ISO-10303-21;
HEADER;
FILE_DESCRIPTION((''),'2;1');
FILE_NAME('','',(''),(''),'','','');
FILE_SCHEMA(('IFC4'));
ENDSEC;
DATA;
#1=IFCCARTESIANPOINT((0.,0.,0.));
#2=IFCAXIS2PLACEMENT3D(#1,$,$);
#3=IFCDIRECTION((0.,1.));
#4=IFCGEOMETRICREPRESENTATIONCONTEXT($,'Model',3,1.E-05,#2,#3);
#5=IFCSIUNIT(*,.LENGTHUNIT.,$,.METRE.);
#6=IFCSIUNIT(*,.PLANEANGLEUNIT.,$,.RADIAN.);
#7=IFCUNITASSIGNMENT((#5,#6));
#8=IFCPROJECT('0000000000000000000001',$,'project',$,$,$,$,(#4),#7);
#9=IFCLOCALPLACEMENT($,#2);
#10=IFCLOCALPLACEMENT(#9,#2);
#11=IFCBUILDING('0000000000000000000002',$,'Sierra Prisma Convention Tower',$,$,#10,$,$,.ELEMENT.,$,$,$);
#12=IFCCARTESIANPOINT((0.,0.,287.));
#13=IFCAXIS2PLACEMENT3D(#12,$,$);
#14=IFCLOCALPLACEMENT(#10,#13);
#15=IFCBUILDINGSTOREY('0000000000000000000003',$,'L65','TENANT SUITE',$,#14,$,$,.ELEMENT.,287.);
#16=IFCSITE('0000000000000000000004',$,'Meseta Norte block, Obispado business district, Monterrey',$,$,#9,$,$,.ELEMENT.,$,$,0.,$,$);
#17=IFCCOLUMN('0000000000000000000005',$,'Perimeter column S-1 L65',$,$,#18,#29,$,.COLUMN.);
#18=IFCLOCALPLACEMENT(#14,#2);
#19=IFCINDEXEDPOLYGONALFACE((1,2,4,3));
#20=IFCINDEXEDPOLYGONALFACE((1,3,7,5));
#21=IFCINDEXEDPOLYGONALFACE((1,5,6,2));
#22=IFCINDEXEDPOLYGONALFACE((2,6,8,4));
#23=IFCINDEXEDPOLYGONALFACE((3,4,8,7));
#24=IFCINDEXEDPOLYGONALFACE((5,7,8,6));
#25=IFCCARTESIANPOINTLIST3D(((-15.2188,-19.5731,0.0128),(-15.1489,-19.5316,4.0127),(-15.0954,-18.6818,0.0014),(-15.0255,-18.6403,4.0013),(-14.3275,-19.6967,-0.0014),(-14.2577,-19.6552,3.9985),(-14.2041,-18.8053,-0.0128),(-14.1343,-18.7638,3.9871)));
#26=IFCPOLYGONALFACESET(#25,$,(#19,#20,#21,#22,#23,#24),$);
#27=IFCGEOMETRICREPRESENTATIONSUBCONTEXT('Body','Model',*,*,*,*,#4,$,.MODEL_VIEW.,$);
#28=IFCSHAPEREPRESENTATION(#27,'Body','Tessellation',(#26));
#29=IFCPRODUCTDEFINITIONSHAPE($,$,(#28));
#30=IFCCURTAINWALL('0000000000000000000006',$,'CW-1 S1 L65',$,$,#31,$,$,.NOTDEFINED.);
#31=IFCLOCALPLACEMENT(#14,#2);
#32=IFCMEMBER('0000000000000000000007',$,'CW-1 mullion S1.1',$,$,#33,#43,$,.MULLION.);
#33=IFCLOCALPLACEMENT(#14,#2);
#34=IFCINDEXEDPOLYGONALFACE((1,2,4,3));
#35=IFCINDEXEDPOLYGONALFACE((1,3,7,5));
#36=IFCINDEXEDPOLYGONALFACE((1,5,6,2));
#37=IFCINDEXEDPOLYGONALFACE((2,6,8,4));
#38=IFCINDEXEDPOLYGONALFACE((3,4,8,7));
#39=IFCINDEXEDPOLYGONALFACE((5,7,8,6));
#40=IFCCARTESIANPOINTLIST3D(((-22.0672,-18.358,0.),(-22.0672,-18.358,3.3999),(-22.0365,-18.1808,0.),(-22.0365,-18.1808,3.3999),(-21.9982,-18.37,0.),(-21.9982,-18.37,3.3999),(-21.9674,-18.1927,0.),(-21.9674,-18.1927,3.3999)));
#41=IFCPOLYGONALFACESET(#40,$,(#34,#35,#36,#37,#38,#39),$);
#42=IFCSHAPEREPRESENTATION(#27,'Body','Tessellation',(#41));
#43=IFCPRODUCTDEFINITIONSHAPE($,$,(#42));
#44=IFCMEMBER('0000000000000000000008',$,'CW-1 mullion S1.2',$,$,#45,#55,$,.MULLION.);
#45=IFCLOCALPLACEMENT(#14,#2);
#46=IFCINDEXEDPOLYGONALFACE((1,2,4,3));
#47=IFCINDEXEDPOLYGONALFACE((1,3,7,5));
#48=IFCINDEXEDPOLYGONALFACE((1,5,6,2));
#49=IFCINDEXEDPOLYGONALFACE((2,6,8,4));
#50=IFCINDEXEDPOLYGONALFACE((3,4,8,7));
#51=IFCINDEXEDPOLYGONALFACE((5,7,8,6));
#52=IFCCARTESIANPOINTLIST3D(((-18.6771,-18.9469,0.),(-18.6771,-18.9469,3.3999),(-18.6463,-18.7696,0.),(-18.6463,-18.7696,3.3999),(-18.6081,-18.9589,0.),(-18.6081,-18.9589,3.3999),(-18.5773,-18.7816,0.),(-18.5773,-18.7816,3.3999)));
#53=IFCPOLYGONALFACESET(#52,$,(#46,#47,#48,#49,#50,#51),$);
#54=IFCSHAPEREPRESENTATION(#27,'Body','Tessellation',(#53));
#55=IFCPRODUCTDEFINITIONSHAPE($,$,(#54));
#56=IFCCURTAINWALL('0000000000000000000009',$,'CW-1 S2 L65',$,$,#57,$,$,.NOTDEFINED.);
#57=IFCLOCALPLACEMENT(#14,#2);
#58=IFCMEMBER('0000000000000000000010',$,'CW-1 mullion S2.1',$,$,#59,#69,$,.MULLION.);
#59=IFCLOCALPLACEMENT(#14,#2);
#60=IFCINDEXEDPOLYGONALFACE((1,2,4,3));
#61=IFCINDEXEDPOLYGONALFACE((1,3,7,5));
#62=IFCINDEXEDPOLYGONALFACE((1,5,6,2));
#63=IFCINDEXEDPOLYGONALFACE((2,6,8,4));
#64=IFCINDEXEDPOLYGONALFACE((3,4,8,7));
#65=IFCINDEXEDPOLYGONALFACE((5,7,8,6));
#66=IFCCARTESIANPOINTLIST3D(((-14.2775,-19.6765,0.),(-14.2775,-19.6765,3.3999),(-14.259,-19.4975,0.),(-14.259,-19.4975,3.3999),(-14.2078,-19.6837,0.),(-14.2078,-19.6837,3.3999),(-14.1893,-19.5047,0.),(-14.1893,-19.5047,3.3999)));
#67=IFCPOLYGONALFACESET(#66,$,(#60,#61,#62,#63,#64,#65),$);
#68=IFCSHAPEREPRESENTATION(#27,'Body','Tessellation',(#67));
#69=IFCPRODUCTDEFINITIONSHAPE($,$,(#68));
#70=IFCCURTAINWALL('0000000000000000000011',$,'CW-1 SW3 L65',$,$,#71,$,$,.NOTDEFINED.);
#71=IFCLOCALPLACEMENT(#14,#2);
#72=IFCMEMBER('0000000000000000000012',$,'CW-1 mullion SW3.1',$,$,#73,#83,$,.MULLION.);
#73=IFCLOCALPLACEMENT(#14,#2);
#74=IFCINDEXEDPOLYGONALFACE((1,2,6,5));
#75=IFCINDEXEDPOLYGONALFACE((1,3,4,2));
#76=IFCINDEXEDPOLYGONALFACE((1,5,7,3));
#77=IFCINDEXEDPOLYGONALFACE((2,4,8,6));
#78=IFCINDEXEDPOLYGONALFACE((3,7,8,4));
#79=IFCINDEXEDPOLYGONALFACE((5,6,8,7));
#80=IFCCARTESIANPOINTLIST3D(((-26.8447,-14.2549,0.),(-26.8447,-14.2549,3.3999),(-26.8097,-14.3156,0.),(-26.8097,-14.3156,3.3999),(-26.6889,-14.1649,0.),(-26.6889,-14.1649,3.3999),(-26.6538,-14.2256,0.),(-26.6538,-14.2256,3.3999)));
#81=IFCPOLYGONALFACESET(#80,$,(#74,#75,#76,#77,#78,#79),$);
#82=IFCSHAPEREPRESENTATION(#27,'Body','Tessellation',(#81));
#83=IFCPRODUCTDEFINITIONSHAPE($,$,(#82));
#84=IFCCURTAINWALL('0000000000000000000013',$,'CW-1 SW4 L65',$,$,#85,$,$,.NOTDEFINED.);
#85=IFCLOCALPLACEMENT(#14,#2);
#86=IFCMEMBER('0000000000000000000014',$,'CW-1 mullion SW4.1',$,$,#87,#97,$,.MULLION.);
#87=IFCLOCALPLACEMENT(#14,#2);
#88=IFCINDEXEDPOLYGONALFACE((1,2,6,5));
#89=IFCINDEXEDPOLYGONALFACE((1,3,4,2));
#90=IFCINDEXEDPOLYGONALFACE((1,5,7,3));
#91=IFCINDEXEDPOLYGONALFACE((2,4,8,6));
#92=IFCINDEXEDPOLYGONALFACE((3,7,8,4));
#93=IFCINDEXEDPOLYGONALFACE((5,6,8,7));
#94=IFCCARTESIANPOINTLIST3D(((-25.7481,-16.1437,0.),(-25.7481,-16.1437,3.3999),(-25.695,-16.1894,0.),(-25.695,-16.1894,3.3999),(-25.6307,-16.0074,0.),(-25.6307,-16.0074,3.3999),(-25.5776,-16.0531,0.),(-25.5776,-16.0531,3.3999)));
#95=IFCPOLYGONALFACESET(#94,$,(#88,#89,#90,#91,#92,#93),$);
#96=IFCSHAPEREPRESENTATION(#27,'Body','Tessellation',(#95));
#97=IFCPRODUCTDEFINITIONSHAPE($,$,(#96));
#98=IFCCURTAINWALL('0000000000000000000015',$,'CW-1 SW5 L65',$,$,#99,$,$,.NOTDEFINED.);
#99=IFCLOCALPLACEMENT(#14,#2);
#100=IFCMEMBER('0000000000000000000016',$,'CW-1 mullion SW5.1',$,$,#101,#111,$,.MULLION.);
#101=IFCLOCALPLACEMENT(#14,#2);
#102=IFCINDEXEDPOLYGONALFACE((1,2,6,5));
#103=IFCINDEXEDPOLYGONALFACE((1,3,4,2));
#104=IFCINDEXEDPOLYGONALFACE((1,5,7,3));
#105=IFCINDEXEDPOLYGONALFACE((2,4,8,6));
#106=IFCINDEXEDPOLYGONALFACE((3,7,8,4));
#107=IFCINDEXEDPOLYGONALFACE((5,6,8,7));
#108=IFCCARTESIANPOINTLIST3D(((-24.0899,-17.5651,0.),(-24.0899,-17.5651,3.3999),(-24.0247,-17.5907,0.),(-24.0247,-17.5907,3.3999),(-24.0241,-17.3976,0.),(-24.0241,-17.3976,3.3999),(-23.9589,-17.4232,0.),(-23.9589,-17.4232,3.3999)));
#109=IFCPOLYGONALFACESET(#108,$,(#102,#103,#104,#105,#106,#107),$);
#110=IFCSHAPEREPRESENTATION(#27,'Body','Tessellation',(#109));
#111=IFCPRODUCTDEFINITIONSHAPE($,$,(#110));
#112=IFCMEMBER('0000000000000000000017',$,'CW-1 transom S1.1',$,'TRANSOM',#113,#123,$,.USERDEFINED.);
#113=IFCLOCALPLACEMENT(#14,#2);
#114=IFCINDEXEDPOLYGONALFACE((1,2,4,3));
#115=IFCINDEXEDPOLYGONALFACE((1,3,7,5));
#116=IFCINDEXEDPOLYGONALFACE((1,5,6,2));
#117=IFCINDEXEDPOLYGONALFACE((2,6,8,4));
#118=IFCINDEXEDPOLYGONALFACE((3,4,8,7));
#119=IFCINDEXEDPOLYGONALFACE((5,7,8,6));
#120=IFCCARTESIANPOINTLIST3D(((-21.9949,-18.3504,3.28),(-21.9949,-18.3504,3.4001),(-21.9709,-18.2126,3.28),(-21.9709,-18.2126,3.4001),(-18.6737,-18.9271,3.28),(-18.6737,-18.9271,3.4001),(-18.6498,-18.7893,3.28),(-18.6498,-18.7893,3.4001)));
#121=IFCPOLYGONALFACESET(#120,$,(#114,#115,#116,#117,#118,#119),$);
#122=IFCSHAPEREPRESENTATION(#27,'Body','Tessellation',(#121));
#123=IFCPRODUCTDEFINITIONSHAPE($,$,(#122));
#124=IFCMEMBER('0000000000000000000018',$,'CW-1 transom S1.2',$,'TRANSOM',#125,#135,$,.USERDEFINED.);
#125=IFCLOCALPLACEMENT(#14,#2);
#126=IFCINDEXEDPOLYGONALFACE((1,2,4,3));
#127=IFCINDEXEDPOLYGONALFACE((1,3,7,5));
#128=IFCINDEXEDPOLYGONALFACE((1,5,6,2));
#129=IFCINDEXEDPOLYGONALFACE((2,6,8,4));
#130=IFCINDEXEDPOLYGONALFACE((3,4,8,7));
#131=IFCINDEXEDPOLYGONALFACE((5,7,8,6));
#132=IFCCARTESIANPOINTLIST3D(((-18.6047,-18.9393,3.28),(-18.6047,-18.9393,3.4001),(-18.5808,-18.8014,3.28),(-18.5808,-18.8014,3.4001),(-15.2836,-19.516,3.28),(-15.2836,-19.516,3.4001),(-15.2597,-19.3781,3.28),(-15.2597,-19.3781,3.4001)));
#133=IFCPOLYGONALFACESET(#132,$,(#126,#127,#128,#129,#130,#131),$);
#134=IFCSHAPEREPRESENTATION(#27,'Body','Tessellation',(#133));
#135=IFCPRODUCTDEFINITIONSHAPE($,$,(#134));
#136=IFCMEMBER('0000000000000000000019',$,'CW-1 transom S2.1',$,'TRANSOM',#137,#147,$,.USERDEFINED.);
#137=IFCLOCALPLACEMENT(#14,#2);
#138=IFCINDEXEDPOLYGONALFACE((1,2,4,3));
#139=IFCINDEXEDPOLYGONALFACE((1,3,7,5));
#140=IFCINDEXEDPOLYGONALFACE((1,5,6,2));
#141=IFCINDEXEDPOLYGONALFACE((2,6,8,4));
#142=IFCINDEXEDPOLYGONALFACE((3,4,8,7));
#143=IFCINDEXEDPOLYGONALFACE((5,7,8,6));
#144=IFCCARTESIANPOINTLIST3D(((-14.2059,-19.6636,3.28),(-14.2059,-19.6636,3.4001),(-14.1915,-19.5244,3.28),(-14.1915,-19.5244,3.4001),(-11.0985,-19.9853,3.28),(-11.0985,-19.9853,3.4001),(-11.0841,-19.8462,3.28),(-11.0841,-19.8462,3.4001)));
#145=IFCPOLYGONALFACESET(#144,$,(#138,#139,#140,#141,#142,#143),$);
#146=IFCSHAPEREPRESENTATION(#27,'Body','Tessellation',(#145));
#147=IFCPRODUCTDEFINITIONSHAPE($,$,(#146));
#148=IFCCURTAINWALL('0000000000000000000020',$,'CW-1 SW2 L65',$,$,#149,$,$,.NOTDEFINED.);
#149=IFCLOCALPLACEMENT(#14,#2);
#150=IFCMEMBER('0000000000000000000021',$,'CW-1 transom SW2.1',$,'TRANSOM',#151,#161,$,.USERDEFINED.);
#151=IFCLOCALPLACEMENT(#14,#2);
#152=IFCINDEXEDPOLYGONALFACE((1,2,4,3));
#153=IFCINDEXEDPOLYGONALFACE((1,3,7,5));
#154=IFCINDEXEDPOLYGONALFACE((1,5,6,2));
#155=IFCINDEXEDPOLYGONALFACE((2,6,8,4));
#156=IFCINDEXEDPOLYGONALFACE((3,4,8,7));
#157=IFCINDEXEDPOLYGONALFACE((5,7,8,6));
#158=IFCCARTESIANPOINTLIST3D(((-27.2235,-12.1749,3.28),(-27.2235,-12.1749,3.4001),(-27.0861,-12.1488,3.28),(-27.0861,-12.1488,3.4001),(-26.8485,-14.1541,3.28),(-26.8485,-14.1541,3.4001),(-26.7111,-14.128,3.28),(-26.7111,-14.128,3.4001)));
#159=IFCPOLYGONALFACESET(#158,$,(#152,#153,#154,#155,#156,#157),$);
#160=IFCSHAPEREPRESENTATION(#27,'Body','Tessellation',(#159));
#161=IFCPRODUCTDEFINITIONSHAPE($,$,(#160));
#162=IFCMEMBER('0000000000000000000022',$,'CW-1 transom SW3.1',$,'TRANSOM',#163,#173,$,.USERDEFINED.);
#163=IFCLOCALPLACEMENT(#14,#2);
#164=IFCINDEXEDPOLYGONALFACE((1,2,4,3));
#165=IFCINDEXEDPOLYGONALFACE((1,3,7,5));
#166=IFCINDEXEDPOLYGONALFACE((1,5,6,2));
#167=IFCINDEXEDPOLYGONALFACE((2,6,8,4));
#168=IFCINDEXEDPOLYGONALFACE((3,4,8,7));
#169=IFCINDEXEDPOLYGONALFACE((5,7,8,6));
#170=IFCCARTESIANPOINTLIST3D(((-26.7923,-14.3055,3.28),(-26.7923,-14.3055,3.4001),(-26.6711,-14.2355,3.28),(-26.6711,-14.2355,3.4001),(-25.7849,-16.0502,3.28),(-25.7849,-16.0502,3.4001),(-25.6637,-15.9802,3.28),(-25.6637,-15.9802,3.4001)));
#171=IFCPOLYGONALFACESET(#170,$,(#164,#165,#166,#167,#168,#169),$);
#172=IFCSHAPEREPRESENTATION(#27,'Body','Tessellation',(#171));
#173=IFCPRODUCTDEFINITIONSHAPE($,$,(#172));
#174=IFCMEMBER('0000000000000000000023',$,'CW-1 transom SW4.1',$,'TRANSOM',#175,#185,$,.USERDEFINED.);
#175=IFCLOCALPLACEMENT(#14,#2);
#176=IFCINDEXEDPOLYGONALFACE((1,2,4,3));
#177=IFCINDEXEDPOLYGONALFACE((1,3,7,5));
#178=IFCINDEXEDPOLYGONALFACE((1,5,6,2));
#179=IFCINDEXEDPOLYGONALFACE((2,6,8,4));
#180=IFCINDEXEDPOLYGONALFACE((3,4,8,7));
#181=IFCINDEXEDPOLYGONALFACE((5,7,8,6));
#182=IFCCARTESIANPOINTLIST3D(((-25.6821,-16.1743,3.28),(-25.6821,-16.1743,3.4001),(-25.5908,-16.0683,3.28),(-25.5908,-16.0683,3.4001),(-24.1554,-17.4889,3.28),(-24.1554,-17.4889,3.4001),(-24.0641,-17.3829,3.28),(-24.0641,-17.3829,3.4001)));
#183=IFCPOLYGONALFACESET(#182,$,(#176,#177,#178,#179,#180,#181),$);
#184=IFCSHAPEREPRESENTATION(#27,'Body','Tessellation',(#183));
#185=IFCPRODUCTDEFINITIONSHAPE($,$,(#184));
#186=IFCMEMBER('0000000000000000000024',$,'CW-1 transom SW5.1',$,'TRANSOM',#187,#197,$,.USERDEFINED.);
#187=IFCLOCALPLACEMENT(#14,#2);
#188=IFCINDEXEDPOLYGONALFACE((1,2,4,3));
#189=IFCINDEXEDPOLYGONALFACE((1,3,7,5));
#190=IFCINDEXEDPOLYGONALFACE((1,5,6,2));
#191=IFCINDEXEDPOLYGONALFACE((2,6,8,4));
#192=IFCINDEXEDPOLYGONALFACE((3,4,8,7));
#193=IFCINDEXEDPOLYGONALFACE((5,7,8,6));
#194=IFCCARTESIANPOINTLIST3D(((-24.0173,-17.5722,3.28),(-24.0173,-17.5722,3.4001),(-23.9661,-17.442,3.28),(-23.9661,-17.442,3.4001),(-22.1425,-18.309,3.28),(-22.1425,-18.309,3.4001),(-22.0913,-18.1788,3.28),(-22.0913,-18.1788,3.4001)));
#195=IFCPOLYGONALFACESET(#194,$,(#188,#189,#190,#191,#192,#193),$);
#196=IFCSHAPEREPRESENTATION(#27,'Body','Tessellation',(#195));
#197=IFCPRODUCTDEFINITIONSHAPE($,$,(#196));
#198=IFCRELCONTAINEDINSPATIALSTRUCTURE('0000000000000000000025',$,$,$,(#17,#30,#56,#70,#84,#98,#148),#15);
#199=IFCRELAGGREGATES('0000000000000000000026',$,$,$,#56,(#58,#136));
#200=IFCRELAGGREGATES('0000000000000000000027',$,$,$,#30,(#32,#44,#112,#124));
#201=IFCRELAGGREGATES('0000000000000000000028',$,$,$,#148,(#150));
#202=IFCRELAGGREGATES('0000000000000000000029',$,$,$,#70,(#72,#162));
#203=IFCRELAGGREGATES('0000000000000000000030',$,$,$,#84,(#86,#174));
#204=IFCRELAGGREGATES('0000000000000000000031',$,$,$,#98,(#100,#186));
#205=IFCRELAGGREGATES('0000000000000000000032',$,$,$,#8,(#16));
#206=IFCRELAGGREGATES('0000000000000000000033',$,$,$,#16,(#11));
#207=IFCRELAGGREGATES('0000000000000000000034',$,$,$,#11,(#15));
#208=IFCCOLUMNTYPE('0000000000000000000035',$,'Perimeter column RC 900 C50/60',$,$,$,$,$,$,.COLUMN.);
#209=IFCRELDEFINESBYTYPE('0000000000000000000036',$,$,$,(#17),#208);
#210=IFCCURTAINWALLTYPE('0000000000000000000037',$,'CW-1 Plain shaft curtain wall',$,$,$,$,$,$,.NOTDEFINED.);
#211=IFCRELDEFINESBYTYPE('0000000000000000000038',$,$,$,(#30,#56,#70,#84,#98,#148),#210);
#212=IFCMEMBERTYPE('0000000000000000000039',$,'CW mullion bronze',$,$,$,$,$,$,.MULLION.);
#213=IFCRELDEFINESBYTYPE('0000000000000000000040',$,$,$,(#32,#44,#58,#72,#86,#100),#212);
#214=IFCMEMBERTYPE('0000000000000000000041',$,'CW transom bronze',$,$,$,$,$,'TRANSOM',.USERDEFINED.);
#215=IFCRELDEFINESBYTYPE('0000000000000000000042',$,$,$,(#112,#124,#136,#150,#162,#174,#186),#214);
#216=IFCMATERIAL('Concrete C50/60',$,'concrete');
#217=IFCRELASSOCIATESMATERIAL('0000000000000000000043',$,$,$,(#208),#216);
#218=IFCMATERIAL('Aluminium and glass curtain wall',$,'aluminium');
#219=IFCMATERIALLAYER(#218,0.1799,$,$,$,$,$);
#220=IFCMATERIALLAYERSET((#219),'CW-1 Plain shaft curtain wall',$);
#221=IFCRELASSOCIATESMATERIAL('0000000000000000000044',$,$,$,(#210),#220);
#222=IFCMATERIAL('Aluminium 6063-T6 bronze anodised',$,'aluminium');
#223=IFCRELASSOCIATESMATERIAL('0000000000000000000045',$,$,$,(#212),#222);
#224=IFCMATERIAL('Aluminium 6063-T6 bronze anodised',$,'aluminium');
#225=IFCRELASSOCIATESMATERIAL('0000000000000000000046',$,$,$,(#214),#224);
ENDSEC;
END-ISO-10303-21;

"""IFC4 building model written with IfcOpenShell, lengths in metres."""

from ifc_helpers import new_model, si_unit, direction, frame, origin, origin_2d, place, context, subcontext, project, spatial, rectangle, extrude, material, layer, layer_set, material_profile, profile_set, type_object, element, aggregate, save


model = new_model("IFC4")

# Units and contexts
model_context = context("Model", 3, precision=1e-05, world=origin(), true_north=direction((0.0, 1.0)))
body_context = subcontext(model_context, "Body", "Model", "MODEL_VIEW")
ifc_project = project(units=[si_unit("LENGTHUNIT", "METRE"), si_unit("PLANEANGLEUNIT", "RADIAN")], contexts=[model_context])

# Site, building, storey
site_placement = place(None, origin())
site = spatial("IfcSite", under=ifc_project, at=site_placement, Name="Meseta Norte block, Obispado business district, Monterrey", CompositionType="ELEMENT", RefElevation=0.0)
building_placement = place(site_placement, origin())
building = spatial("IfcBuilding", under=site, at=building_placement, Name="Sierra Prisma Convention Tower", CompositionType="ELEMENT")
storey_placement = place(building_placement, frame((0.0, 0.0, 287.0)))
storey = spatial("IfcBuildingStorey", under=building, at=storey_placement, Name="L65", Description="TENANT SUITE", CompositionType="ELEMENT", Elevation=287.0)

# Column
ifc_material_1 = material(Name="Concrete C50/60", Category="concrete")
ifc_material_profile_1 = material_profile(ifc_material_1, rectangle(XDim=0.8999, YDim=0.8999, at=origin_2d()), Name="Perimeter column RC 900 C50/60")
ifc_profile_set_1 = profile_set([ifc_material_profile_1], Name="Concrete C50/60")
column_type = type_object("IfcColumnType", Name="Perimeter column RC 900 C50/60", PredefinedType="COLUMN", material=ifc_profile_set_1)
column_placement = place(storey_placement, frame((-14.7114, -19.1892, 0.0), z_axis=(0.017452, 0.010374, 0.999794), x_axis=(-0.990401, 0.137309, 0.015864)))
element("IfcColumn", 1, at=column_placement, inside=storey, type_object=column_type, Name="Perimeter column S-1 L65", PredefinedType="COLUMN", context=body_context, shape_type="SweptSolid", body=[
    extrude(rectangle(XDim=0.8999, YDim=0.8999, at=origin_2d()), origin(), (0.0, 0.0, 1.0), 4.0007),
])

# Curtain wall, members
ifc_material_2 = material(Name="Aluminium and glass curtain wall", Category="aluminium")
ifc_layer_1 = layer(ifc_material_2, 0.1799)
ifc_layer_set_1 = layer_set([ifc_layer_1], Name="CW-1 Plain shaft curtain wall")
curtain_wall_type = type_object("IfcCurtainWallType", Name="CW-1 Plain shaft curtain wall", PredefinedType="NOTDEFINED", material=ifc_layer_set_1)
curtain_wall_1_placement = place(storey_placement, origin())
curtain_wall_1 = element("IfcCurtainWall", 2, at=curtain_wall_1_placement, inside=storey, type_object=curtain_wall_type, Name="CW-1 S1 L65", PredefinedType="NOTDEFINED")
ifc_material_3 = material(Name="Aluminium 6063-T6 bronze anodised", Category="aluminium")
ifc_material_profile_2 = material_profile(ifc_material_3, rectangle(XDim=0.1799, YDim=0.0701, at=origin_2d()), Name="ALU MULLION 70x180")
ifc_profile_set_2 = profile_set([ifc_material_profile_2], Name="Aluminium 6063-T6 bronze anodised")
member_type_1 = type_object("IfcMemberType", Name="CW mullion bronze", PredefinedType="MULLION", material=ifc_profile_set_2)
member_1_placement = place(storey_placement, frame((-22.0173, -18.2754, 0.0), z_axis=(0.0, 0.0, 1.0), x_axis=(0.171116, 0.985251, 0.0)))
member_1 = element("IfcMember", 3, at=member_1_placement, type_object=member_type_1, Name="CW-1 mullion S1.1", PredefinedType="MULLION", context=body_context, shape_type="SweptSolid", body=[
    extrude(rectangle(XDim=0.1799, YDim=0.0701, at=origin_2d()), origin(), (0.0, 0.0, 1.0), 3.3999),
])
member_2_placement = place(storey_placement, frame((-18.6272, -18.8643, 0.0), z_axis=(0.0, 0.0, 1.0), x_axis=(0.171116, 0.985251, 0.0)))
member_2 = element("IfcMember", 4, at=member_2_placement, type_object=member_type_1, Name="CW-1 mullion S1.2", PredefinedType="MULLION", context=body_context, shape_type="SweptSolid", body=[
    extrude(rectangle(XDim=0.1799, YDim=0.0701, at=origin_2d()), origin(), (0.0, 0.0, 1.0), 3.3999),
])

# Curtain walls, members
curtain_wall_2_placement = place(storey_placement, origin())
curtain_wall_2 = element("IfcCurtainWall", 5, at=curtain_wall_2_placement, inside=storey, type_object=curtain_wall_type, Name="CW-1 S2 L65", PredefinedType="NOTDEFINED")
member_3_placement = place(storey_placement, frame((-14.2334, -19.5906, 0.0), z_axis=(0.0, 0.0, 1.0), x_axis=(0.102994, 0.994682, 0.0)))
member_3 = element("IfcMember", 6, at=member_3_placement, type_object=member_type_1, Name="CW-1 mullion S2.1", PredefinedType="MULLION", context=body_context, shape_type="SweptSolid", body=[
    extrude(rectangle(XDim=0.1799, YDim=0.0701, at=origin_2d()), origin(), (0.0, 0.0, 1.0), 3.3999),
])
curtain_wall_3_placement = place(storey_placement, origin())
curtain_wall_3 = element("IfcCurtainWall", 7, at=curtain_wall_3_placement, inside=storey, type_object=curtain_wall_type, Name="CW-1 SW3 L65", PredefinedType="NOTDEFINED")
member_4_placement = place(storey_placement, frame((-26.7493, -14.2402, 0.0), z_axis=(0.0, 0.0, 1.0), x_axis=(0.866025, 0.5, 0.0)))
member_4 = element("IfcMember", 8, at=member_4_placement, type_object=member_type_1, Name="CW-1 mullion SW3.1", PredefinedType="MULLION", context=body_context, shape_type="SweptSolid", body=[
    extrude(rectangle(XDim=0.1799, YDim=0.0701, at=origin_2d()), origin(), (0.0, 0.0, 1.0), 3.3999),
])
curtain_wall_4_placement = place(storey_placement, origin())
curtain_wall_4 = element("IfcCurtainWall", 9, at=curtain_wall_4_placement, inside=storey, type_object=curtain_wall_type, Name="CW-1 SW4 L65", PredefinedType="NOTDEFINED")
member_5_placement = place(storey_placement, frame((-25.6628, -16.0984, 0.0), z_axis=(0.0, 0.0, 1.0), x_axis=(0.652486, 0.757801, 0.0)))
member_5 = element("IfcMember", 10, at=member_5_placement, type_object=member_type_1, Name="CW-1 mullion SW4.1", PredefinedType="MULLION", context=body_context, shape_type="SweptSolid", body=[
    extrude(rectangle(XDim=0.1799, YDim=0.0701, at=origin_2d()), origin(), (0.0, 0.0, 1.0), 3.3999),
])
curtain_wall_5_placement = place(storey_placement, origin())
curtain_wall_5 = element("IfcCurtainWall", 11, at=curtain_wall_5_placement, inside=storey, type_object=curtain_wall_type, Name="CW-1 SW5 L65", PredefinedType="NOTDEFINED")
member_6_placement = place(storey_placement, frame((-24.0244, -17.4941, 0.0), z_axis=(0.0, 0.0, 1.0), x_axis=(0.365829, 0.930682, 0.0)))
member_6 = element("IfcMember", 12, at=member_6_placement, type_object=member_type_1, Name="CW-1 mullion SW5.1", PredefinedType="MULLION", context=body_context, shape_type="SweptSolid", body=[
    extrude(rectangle(XDim=0.1799, YDim=0.0701, at=origin_2d()), origin(), (0.0, 0.0, 1.0), 3.3999),
])

# Members
ifc_material_4 = material(Name="Aluminium 6063-T6 bronze anodised", Category="aluminium")
ifc_material_profile_3 = material_profile(ifc_material_4, rectangle(XDim=0.1399, YDim=0.1201, at=origin_2d()), Name="ALU TRANSOM 120x140")
ifc_profile_set_3 = profile_set([ifc_material_profile_3], Name="Aluminium 6063-T6 bronze anodised")
member_type_2 = type_object("IfcMemberType", Name="CW transom bronze", ElementType="TRANSOM", PredefinedType="USERDEFINED", material=ifc_profile_set_3)
member_7_placement = place(storey_placement, frame((-21.9829, -18.2815, 3.3401), z_axis=(0.985257, -0.171078, 0.0), x_axis=(0.171078, 0.985257, 0.0)))
member_7 = element("IfcMember", 13, at=member_7_placement, type_object=member_type_2, Name="CW-1 transom S1.1", ObjectType="TRANSOM", PredefinedType="USERDEFINED", context=body_context, shape_type="SweptSolid", body=[
    extrude(rectangle(XDim=0.1399, YDim=0.1201, at=origin_2d()), origin(), (0.0, 0.0, 1.0), 3.3708),
])
member_8_placement = place(storey_placement, frame((-18.5928, -18.8704, 3.3401), z_axis=(0.985257, -0.171078, 0.0), x_axis=(0.171078, 0.985257, 0.0)))
member_8 = element("IfcMember", 14, at=member_8_placement, type_object=member_type_2, Name="CW-1 transom S1.2", ObjectType="TRANSOM", PredefinedType="USERDEFINED", context=body_context, shape_type="SweptSolid", body=[
    extrude(rectangle(XDim=0.1399, YDim=0.1201, at=origin_2d()), origin(), (0.0, 0.0, 1.0), 3.3708),
])
member_9_placement = place(storey_placement, frame((-14.1987, -19.594, 3.3401), z_axis=(0.994681, -0.103, 0.0), x_axis=(0.103, 0.994681, 0.0)))
member_9 = element("IfcMember", 15, at=member_9_placement, type_object=member_type_2, Name="CW-1 transom S2.1", ObjectType="TRANSOM", PredefinedType="USERDEFINED", context=body_context, shape_type="SweptSolid", body=[
    extrude(rectangle(XDim=0.1399, YDim=0.1201, at=origin_2d()), origin(), (0.0, 0.0, 1.0), 3.124),
])
aggregate(curtain_wall_2, [member_3, member_9])

# Curtain wall, member
curtain_wall_6_placement = place(storey_placement, origin())
curtain_wall_6 = element("IfcCurtainWall", 16, at=curtain_wall_6_placement, inside=storey, type_object=curtain_wall_type, Name="CW-1 SW2 L65", PredefinedType="NOTDEFINED")
member_10_placement = place(storey_placement, frame((-27.1548, -12.1619, 3.3401), z_axis=(0.186154, -0.982521, 0.0), x_axis=(0.982521, 0.186154, 0.0)))
member_10 = element("IfcMember", 17, at=member_10_placement, type_object=member_type_2, Name="CW-1 transom SW2.1", ObjectType="TRANSOM", PredefinedType="USERDEFINED", context=body_context, shape_type="SweptSolid", body=[
    extrude(rectangle(XDim=0.1399, YDim=0.1201, at=origin_2d()), origin(), (0.0, 0.0, 1.0), 2.0144),
])

# Members
member_11_placement = place(storey_placement, frame((-26.7317, -14.2705, 3.3401), z_axis=(0.500023, -0.866012, 0.0), x_axis=(0.866012, 0.500023, 0.0)))
member_11 = element("IfcMember", 18, at=member_11_placement, type_object=member_type_2, Name="CW-1 transom SW3.1", ObjectType="TRANSOM", PredefinedType="USERDEFINED", context=body_context, shape_type="SweptSolid", body=[
    extrude(rectangle(XDim=0.1399, YDim=0.1201, at=origin_2d()), origin(), (0.0, 0.0, 1.0), 2.0146),
])
member_12_placement = place(storey_placement, frame((-25.6365, -16.1213, 3.3401), z_axis=(0.7578, -0.652486, 0.0), x_axis=(0.652486, 0.7578, 0.0)))
member_12 = element("IfcMember", 19, at=member_12_placement, type_object=member_type_2, Name="CW-1 transom SW4.1", ObjectType="TRANSOM", PredefinedType="USERDEFINED", context=body_context, shape_type="SweptSolid", body=[
    extrude(rectangle(XDim=0.1399, YDim=0.1201, at=origin_2d()), origin(), (0.0, 0.0, 1.0), 2.0146),
])
member_13_placement = place(storey_placement, frame((-23.9917, -17.5071, 3.3401), z_axis=(0.9307, -0.365784, 0.0), x_axis=(0.365784, 0.9307, 0.0)))
member_13 = element("IfcMember", 20, at=member_13_placement, type_object=member_type_2, Name="CW-1 transom SW5.1", ObjectType="TRANSOM", PredefinedType="USERDEFINED", context=body_context, shape_type="SweptSolid", body=[
    extrude(rectangle(XDim=0.1399, YDim=0.1201, at=origin_2d()), origin(), (0.0, 0.0, 1.0), 2.0144),
])

aggregate(curtain_wall_1, [member_1, member_2, member_7, member_8])
aggregate(curtain_wall_6, [member_10])
aggregate(curtain_wall_3, [member_4, member_11])
aggregate(curtain_wall_4, [member_5, member_12])
aggregate(curtain_wall_5, [member_6, member_13])

save(model, "model.ifc")
